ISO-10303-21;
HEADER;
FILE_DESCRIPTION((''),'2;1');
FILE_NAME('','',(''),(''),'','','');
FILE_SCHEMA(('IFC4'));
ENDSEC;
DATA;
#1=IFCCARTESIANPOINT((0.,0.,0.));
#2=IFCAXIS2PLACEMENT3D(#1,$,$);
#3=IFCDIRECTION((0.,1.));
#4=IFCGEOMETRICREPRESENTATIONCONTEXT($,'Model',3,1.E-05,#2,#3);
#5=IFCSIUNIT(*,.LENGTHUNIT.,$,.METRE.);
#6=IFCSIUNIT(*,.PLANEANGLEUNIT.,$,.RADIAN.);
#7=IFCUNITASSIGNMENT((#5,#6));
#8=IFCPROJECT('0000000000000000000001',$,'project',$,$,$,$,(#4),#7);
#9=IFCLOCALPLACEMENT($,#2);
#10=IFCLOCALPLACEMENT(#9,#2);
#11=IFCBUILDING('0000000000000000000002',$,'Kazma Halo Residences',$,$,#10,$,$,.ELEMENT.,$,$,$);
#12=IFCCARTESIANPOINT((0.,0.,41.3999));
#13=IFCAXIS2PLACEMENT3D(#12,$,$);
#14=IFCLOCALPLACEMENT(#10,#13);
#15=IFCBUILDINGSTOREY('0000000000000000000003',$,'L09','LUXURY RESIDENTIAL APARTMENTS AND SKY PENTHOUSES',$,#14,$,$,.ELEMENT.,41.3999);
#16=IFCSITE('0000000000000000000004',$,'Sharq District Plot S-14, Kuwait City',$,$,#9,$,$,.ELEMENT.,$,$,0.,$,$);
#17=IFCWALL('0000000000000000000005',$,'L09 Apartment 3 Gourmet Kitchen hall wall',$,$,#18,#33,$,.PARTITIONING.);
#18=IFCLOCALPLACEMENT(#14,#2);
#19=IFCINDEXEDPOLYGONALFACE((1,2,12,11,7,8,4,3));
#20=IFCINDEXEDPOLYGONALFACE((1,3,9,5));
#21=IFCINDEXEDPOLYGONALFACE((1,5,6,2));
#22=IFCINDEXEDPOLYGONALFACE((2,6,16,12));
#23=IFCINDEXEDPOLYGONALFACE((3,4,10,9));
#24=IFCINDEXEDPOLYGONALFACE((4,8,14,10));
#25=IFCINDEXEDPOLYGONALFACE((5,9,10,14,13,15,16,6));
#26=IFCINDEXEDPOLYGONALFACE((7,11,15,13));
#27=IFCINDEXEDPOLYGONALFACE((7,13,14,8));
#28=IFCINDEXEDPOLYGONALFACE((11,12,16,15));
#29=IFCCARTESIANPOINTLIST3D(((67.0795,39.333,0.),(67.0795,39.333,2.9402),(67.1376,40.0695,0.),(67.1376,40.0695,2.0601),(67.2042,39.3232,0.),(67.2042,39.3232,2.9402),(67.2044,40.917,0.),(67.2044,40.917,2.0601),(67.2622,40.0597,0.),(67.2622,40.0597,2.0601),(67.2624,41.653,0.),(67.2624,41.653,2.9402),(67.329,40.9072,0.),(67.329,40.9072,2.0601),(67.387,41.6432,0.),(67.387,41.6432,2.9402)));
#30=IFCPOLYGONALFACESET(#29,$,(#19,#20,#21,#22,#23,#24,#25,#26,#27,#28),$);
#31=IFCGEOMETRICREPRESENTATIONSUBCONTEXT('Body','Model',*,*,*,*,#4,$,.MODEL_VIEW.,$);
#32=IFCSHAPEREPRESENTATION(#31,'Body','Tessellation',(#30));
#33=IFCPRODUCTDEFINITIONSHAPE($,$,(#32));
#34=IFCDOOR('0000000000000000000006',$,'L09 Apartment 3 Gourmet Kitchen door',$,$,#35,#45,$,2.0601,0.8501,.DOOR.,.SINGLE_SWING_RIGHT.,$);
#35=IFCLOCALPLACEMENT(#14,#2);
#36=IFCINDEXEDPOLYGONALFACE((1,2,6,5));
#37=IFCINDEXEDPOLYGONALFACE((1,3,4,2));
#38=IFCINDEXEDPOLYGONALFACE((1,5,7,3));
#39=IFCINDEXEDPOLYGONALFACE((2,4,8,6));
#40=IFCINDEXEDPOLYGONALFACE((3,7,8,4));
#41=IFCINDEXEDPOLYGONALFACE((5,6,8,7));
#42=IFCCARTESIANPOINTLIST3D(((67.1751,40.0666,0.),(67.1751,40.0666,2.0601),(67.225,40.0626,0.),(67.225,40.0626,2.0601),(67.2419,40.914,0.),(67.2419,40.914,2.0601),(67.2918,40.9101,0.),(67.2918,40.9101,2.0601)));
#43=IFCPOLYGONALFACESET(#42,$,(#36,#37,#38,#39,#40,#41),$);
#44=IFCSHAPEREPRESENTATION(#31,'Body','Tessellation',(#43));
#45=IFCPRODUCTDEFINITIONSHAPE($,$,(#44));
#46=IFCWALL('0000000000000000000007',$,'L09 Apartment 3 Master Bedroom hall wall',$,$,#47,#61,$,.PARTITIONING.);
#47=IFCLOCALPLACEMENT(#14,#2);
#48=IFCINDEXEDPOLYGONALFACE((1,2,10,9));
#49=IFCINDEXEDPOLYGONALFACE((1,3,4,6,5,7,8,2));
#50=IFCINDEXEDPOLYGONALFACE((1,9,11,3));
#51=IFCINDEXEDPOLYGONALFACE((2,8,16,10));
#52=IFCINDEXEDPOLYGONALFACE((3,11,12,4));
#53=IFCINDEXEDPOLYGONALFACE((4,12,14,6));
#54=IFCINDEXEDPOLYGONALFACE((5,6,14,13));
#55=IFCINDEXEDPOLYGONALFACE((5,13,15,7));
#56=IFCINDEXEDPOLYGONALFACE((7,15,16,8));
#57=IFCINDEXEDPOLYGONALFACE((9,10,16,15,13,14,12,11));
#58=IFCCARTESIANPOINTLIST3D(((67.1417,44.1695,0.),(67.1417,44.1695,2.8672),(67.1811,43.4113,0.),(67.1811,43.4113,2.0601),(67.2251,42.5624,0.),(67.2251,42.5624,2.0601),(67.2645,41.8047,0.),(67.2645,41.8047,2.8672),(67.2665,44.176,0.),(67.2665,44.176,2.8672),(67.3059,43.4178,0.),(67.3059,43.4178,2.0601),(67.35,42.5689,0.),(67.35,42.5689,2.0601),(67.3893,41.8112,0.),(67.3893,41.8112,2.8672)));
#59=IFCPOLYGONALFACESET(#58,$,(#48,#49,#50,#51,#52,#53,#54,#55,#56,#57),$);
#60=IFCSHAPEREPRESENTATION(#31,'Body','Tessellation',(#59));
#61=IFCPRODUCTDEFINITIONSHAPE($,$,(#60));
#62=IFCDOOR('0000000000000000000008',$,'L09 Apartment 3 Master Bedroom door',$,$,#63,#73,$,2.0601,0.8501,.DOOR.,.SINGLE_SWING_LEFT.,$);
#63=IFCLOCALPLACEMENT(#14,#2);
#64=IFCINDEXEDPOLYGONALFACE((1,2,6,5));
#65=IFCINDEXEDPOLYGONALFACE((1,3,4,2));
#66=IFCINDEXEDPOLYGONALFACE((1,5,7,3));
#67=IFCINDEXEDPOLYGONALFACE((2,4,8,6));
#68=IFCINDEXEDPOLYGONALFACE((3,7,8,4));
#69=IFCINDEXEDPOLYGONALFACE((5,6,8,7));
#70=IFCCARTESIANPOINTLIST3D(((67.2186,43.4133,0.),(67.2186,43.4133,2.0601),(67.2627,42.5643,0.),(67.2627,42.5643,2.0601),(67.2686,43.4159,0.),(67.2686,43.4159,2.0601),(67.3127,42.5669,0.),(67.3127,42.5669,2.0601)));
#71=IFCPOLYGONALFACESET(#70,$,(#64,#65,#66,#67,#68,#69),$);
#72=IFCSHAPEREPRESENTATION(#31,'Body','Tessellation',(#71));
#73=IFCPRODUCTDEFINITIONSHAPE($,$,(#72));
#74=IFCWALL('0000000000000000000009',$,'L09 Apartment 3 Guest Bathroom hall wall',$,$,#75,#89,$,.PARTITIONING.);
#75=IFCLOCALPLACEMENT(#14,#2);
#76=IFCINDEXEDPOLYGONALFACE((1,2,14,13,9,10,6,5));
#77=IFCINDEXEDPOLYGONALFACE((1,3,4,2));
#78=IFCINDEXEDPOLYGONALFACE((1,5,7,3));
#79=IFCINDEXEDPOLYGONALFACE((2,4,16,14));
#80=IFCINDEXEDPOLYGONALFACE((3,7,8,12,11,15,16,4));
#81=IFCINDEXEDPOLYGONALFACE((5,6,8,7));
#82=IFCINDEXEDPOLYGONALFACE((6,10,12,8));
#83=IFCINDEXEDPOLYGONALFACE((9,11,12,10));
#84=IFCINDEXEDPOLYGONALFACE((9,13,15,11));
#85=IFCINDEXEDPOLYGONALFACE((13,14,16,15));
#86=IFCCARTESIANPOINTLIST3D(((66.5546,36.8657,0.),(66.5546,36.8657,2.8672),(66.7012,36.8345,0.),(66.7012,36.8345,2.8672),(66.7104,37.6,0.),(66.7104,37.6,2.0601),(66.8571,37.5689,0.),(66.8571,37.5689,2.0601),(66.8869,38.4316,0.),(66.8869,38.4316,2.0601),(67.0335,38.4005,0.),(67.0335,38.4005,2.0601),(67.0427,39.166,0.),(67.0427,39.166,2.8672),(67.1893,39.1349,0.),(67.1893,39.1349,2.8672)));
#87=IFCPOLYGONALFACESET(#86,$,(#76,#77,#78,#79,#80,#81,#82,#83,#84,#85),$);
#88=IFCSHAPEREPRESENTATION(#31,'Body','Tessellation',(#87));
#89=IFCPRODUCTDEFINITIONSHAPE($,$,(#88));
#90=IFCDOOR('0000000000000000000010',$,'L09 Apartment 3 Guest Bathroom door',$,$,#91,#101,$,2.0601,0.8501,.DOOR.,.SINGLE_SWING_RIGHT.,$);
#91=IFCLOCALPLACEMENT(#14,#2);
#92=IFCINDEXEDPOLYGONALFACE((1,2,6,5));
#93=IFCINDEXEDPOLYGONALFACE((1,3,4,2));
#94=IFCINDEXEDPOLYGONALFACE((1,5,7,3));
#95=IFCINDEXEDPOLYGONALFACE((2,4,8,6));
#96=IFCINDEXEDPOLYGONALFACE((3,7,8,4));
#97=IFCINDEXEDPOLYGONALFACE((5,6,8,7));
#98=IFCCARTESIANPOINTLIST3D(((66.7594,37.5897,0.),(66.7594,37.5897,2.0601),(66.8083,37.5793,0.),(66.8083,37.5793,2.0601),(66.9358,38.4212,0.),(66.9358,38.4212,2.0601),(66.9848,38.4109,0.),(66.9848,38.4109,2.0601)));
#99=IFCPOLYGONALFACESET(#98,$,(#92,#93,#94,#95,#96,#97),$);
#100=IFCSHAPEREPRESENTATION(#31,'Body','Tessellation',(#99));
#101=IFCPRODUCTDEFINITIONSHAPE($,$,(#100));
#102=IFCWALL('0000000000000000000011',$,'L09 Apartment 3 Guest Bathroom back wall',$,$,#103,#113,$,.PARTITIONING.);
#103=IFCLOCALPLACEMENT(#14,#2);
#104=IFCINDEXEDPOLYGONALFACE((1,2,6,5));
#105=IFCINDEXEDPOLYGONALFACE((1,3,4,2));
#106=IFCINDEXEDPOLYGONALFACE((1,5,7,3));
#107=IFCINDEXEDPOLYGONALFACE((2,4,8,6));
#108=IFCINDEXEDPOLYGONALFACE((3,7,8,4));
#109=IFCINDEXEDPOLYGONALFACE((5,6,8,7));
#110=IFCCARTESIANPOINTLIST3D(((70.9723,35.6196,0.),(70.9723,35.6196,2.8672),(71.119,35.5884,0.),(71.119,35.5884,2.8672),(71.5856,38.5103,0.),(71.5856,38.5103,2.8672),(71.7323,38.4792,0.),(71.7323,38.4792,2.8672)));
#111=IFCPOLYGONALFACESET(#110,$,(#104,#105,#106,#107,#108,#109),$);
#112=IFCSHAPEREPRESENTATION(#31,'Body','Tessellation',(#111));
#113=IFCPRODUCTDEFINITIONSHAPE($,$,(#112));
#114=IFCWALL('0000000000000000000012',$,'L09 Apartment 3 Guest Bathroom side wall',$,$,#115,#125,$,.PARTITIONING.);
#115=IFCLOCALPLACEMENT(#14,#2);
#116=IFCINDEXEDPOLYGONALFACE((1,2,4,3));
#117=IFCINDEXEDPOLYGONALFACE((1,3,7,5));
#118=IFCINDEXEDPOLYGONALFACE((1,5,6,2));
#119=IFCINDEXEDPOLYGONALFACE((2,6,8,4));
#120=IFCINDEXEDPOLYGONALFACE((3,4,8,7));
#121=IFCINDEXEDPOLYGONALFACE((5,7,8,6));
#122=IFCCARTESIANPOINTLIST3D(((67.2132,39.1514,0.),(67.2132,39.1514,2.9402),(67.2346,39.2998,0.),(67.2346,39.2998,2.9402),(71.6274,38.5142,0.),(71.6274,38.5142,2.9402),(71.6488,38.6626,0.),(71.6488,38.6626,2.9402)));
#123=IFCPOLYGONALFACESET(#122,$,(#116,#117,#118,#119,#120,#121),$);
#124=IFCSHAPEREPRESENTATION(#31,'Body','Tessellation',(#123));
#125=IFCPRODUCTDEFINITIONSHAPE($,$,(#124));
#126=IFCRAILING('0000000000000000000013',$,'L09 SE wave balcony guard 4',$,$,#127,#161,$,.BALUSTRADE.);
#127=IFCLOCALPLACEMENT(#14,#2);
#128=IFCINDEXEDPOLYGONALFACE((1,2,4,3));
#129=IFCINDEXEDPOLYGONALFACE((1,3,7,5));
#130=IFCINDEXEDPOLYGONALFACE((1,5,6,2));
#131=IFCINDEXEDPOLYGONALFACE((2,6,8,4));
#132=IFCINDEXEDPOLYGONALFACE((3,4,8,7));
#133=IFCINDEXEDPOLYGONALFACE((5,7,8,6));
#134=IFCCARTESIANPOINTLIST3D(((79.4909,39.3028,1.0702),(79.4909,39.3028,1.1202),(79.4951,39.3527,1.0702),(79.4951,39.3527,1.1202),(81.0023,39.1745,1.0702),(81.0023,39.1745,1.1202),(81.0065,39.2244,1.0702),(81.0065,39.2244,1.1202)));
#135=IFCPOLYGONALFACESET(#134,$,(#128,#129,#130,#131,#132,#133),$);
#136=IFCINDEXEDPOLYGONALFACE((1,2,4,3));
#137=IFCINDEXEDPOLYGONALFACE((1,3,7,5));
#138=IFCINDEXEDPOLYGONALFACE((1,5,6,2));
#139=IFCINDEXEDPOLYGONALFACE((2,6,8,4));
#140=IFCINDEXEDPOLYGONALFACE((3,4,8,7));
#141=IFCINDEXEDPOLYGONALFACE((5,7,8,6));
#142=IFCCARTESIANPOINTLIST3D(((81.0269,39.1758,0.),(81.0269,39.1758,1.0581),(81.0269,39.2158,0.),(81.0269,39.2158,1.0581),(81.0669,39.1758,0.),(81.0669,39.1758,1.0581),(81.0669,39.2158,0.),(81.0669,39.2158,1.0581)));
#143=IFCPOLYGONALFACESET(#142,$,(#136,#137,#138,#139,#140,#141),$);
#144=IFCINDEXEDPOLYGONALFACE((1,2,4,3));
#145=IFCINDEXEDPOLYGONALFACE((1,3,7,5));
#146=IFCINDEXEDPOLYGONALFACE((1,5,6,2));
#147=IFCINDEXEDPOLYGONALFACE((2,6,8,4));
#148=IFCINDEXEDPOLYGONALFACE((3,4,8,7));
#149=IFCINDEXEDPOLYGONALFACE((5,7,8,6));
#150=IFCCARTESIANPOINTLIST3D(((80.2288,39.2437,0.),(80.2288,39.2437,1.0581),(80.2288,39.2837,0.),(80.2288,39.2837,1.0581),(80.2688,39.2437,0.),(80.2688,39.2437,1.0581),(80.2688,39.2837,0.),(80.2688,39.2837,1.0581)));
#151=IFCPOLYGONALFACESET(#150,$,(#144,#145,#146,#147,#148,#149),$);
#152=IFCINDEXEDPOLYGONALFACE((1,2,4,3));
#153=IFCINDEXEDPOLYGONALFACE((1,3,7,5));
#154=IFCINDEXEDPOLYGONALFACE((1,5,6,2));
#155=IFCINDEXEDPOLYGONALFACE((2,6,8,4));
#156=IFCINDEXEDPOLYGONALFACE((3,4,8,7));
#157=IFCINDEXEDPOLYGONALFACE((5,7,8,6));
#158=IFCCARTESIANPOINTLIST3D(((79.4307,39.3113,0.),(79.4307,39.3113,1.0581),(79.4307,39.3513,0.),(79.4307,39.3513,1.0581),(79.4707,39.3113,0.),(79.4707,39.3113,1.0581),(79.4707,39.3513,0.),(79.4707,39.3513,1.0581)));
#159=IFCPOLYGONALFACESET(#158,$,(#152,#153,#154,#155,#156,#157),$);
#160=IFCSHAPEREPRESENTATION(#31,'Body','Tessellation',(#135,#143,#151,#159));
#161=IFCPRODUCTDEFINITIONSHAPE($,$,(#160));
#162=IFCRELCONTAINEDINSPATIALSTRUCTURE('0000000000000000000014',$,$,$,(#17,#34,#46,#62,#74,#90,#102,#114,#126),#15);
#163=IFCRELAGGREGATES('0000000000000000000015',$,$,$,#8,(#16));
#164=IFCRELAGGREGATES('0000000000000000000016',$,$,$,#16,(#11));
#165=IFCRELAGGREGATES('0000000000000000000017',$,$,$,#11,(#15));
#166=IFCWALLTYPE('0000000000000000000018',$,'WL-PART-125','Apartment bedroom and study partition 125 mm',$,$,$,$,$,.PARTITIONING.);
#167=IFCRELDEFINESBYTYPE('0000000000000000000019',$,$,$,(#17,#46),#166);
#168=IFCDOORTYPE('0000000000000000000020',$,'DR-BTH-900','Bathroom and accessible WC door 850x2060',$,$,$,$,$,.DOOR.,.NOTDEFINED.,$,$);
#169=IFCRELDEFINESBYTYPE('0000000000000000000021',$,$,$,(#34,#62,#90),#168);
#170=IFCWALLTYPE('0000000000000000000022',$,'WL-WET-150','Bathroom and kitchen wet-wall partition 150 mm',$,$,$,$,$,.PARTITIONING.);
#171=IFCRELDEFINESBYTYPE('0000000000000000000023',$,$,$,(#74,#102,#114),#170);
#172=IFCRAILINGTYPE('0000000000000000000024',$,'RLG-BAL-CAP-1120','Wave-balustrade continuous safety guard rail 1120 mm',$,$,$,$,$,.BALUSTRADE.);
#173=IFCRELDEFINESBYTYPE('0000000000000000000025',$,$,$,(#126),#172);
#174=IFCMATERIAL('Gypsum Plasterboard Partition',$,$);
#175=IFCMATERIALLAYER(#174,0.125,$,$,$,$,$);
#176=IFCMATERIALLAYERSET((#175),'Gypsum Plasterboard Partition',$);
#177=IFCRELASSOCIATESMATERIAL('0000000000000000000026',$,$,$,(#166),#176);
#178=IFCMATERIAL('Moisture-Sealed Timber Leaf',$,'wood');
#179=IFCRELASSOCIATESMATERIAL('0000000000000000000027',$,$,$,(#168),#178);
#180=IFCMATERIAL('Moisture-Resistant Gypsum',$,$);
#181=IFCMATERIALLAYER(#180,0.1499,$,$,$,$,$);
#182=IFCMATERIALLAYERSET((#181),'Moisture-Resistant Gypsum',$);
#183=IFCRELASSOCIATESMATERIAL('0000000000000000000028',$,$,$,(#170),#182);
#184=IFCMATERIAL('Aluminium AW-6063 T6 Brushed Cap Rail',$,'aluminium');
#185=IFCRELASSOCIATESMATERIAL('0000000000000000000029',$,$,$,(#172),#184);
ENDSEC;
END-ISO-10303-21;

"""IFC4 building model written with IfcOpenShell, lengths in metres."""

from ifc_helpers import new_model, si_unit, direction, frame, frame_2d, origin, origin_2d, place, context, subcontext, project, spatial, rectangle, extrude, material, layer, layer_set, type_object, element, fill, save


model = new_model("IFC4")

# Units and contexts
model_context = context("Model", 3, precision=1e-05, world=origin(), true_north=direction((0.0, 1.0)))
body_context = subcontext(model_context, "Body", "Model", "MODEL_VIEW")
ifc_project = project(units=[si_unit("LENGTHUNIT", "METRE"), si_unit("PLANEANGLEUNIT", "RADIAN")], contexts=[model_context])

# Site, building, storey
site_placement = place(None, origin())
site = spatial("IfcSite", under=ifc_project, at=site_placement, Name="Sharq District Plot S-14, Kuwait City", CompositionType="ELEMENT", RefElevation=0.0)
building_placement = place(site_placement, origin())
building = spatial("IfcBuilding", under=site, at=building_placement, Name="Kazma Halo Residences", CompositionType="ELEMENT")
storey_placement = place(building_placement, frame((0.0, 0.0, 41.3999)))
storey = spatial("IfcBuildingStorey", under=building, at=storey_placement, Name="L09", Description="LUXURY RESIDENTIAL APARTMENTS AND SKY PENTHOUSES", CompositionType="ELEMENT", Elevation=41.3999)

# Shared definitions
ifc_material_1 = material(Name="Gypsum Plasterboard Partition")
ifc_layer_1 = layer(ifc_material_1, 0.125)
ifc_layer_set_1 = layer_set([ifc_layer_1], Name="Gypsum Plasterboard Partition")
wall_type_1 = type_object("IfcWallType", Name="WL-PART-125", Description="Apartment bedroom and study partition 125 mm", PredefinedType="PARTITIONING", material=ifc_layer_set_1)

# Shared definitions
ifc_material_2 = material(Name="Moisture-Sealed Timber Leaf", Category="wood")
door_type = type_object("IfcDoorType", Name="DR-BTH-900", Description="Bathroom and accessible WC door 850x2060", OperationType="NOTDEFINED", PredefinedType="DOOR", material=ifc_material_2)

# Walls, openings, doors
wall_1_placement = place(storey_placement, frame((67.1418, 39.3281, 0.0), z_axis=(0.0, 0.0, 1.0), x_axis=(0.078574, 0.996908, 0.0)))
wall_1 = element("IfcWall", 1, at=wall_1_placement, inside=storey, type_object=wall_type_1, Name="L09 Apartment 3 Gourmet Kitchen hall wall", PredefinedType="PARTITIONING", context=body_context, shape_type="SweptSolid", body=[
    extrude(rectangle(XDim=2.3271, YDim=0.125, at=frame_2d((1.1636, 0.0))), origin(), (0.0, 0.0, 1.0), 2.9402),
])
opening_1_placement = place(wall_1_placement, frame((0.7388, 0.0, 0.0)))
opening_1 = element("IfcOpeningElement", 2, at=opening_1_placement, cuts=wall_1, PredefinedType="OPENING", context=body_context, shape_type="SweptSolid", body=[
    extrude(rectangle(XDim=0.8501, YDim=2.0601, at=frame_2d((0.425, 1.03))), frame((0.0, 0.0725, 0.0), z_axis=(0.0, -1.0, 0.0), x_axis=(1.0, 0.0, 0.0)), (0.0, 0.0, 1.0), 0.145),
])
door_1_placement = place(opening_1_placement, origin())
door_1 = element("IfcDoor", 3, at=door_1_placement, inside=storey, type_object=door_type, Name="L09 Apartment 3 Gourmet Kitchen door", OperationType="SINGLE_SWING_RIGHT", OverallHeight=2.0601, OverallWidth=0.8501, PredefinedType="DOOR", context=body_context, shape_type="SweptSolid", body=[
    extrude(rectangle(XDim=0.8501, YDim=2.0601, at=frame_2d((0.425, 1.03))), frame((0.0, 0.0249, 0.0), z_axis=(0.0, -1.0, 0.0), x_axis=(1.0, 0.0, 0.0)), (0.0, 0.0, 1.0), 0.05),
])
fill(opening_1, door_1)
wall_2_placement = place(storey_placement, frame((67.3269, 41.8079, 0.0), z_axis=(0.0, 0.0, 1.0), x_axis=(-0.051861, 0.998654, 0.0)))
wall_2 = element("IfcWall", 4, at=wall_2_placement, inside=storey, type_object=wall_type_1, Name="L09 Apartment 3 Master Bedroom hall wall", PredefinedType="PARTITIONING", context=body_context, shape_type="SweptSolid", body=[
    extrude(rectangle(XDim=2.3679, YDim=0.125, at=frame_2d((1.1841, 0.0))), origin(), (0.0, 0.0, 1.0), 2.8672),
])
opening_2_placement = place(wall_2_placement, frame((0.7588, 0.0, 0.0)))
opening_2 = element("IfcOpeningElement", 5, at=opening_2_placement, cuts=wall_2, PredefinedType="OPENING", context=body_context, shape_type="SweptSolid", body=[
    extrude(rectangle(XDim=0.8501, YDim=2.0601, at=frame_2d((0.425, 1.03))), frame((0.0, 0.0725, 0.0), z_axis=(0.0, -1.0, 0.0), x_axis=(1.0, 0.0, 0.0)), (0.0, 0.0, 1.0), 0.145),
])
door_2_placement = place(opening_2_placement, origin())
door_2 = element("IfcDoor", 6, at=door_2_placement, inside=storey, type_object=door_type, Name="L09 Apartment 3 Master Bedroom door", OperationType="SINGLE_SWING_LEFT", OverallHeight=2.0601, OverallWidth=0.8501, PredefinedType="DOOR", context=body_context, shape_type="SweptSolid", body=[
    extrude(rectangle(XDim=0.8501, YDim=2.0601, at=frame_2d((0.425, 1.03))), frame((0.0, 0.0249, 0.0), z_axis=(0.0, -1.0, 0.0), x_axis=(1.0, 0.0, 0.0)), (0.0, 0.0, 1.0), 0.05),
])
fill(opening_2, door_2)
ifc_material_3 = material(Name="Moisture-Resistant Gypsum")
ifc_layer_2 = layer(ifc_material_3, 0.1499)
ifc_layer_set_2 = layer_set([ifc_layer_2], Name="Moisture-Resistant Gypsum")
wall_type_2 = type_object("IfcWallType", Name="WL-WET-150", Description="Bathroom and kitchen wet-wall partition 150 mm", PredefinedType="PARTITIONING", material=ifc_layer_set_2)
wall_3_placement = place(storey_placement, frame((66.6279, 36.8501, 0.0), z_axis=(0.0, 0.0, 1.0), x_axis=(0.207543, 0.978226, 0.0)))
wall_3 = element("IfcWall", 7, at=wall_3_placement, inside=storey, type_object=wall_type_2, Name="L09 Apartment 3 Guest Bathroom hall wall", PredefinedType="PARTITIONING", context=body_context, shape_type="SweptSolid", body=[
    extrude(rectangle(XDim=2.3516, YDim=0.1499, at=frame_2d((1.1758, 0.0))), origin(), (0.0, 0.0, 1.0), 2.8672),
])
opening_3_placement = place(wall_3_placement, frame((0.7507, 0.0, 0.0)))
opening_3 = element("IfcOpeningElement", 8, at=opening_3_placement, cuts=wall_3, PredefinedType="OPENING", context=body_context, shape_type="SweptSolid", body=[
    extrude(rectangle(XDim=0.8501, YDim=2.0601, at=frame_2d((0.425, 1.03))), frame((0.0, 0.085, 0.0), z_axis=(0.0, -1.0, 0.0), x_axis=(1.0, 0.0, 0.0)), (0.0, 0.0, 1.0), 0.1699),
])
door_3_placement = place(opening_3_placement, origin())
door_3 = element("IfcDoor", 9, at=door_3_placement, inside=storey, type_object=door_type, Name="L09 Apartment 3 Guest Bathroom door", OperationType="SINGLE_SWING_RIGHT", OverallHeight=2.0601, OverallWidth=0.8501, PredefinedType="DOOR", context=body_context, shape_type="SweptSolid", body=[
    extrude(rectangle(XDim=0.8501, YDim=2.0601, at=frame_2d((0.425, 1.03))), frame((0.0, 0.0249, 0.0), z_axis=(0.0, -1.0, 0.0), x_axis=(1.0, 0.0, 0.0)), (0.0, 0.0, 1.0), 0.05),
])
fill(opening_3, door_3)

# Walls
wall_4_placement = place(storey_placement, frame((71.0457, 35.604, 0.0), z_axis=(0.0, 0.0, 1.0), x_axis=(0.207543, 0.978226, 0.0)))
element("IfcWall", 10, at=wall_4_placement, inside=storey, type_object=wall_type_2, Name="L09 Apartment 3 Guest Bathroom back wall", PredefinedType="PARTITIONING", context=body_context, shape_type="SweptSolid", body=[
    extrude(rectangle(XDim=2.9551, YDim=0.1499, at=frame_2d((1.4775, 0.0))), origin(), (0.0, 0.0, 1.0), 2.8672),
])
wall_5_placement = place(storey_placement, frame((67.2239, 39.2256, 0.0), z_axis=(0.0, 0.0, 1.0), x_axis=(0.989742, -0.14287, 0.0)))
element("IfcWall", 11, at=wall_5_placement, inside=storey, type_object=wall_type_2, Name="L09 Apartment 3 Guest Bathroom side wall", PredefinedType="PARTITIONING", context=body_context, shape_type="SweptSolid", body=[
    extrude(rectangle(XDim=4.46, YDim=0.1499, at=frame_2d((2.23, 0.0))), origin(), (0.0, 0.0, 1.0), 2.9402),
])

# Railing
ifc_material_4 = material(Name="Aluminium AW-6063 T6 Brushed Cap Rail", Category="aluminium")
railing_type = type_object("IfcRailingType", Name="RLG-BAL-CAP-1120", Description="Wave-balustrade continuous safety guard rail 1120 mm", PredefinedType="BALUSTRADE", material=ifc_material_4)
railing_placement = place(storey_placement, frame((81.0469, 39.1958, 0.0)))
element("IfcRailing", 12, at=railing_placement, inside=storey, type_object=railing_type, Name="L09 SE wave balcony guard 4", PredefinedType="BALUSTRADE", context=body_context, shape_type="SweptSolid", body=[
    extrude(rectangle(XDim=0.05, YDim=0.05, at=origin_2d()), frame((-0.0425, 0.0037, 1.0952), z_axis=(-0.996416, 0.084584, 0.0), x_axis=(-0.084584, -0.996416, 0.0)), (0.0, 0.0, 1.0), 1.5168),
    extrude(rectangle(XDim=0.04, YDim=0.04, at=origin_2d()), origin(), (0.0, 0.0, 1.0), 1.0581),
    extrude(rectangle(XDim=0.04, YDim=0.04, at=origin_2d()), frame((-0.7981, 0.0679, 0.0)), (0.0, 0.0, 1.0), 1.0581),
    extrude(rectangle(XDim=0.04, YDim=0.04, at=origin_2d()), frame((-1.5962, 0.1355, 0.0)), (0.0, 0.0, 1.0), 1.0581),
])

save(model, "model.ifc")
